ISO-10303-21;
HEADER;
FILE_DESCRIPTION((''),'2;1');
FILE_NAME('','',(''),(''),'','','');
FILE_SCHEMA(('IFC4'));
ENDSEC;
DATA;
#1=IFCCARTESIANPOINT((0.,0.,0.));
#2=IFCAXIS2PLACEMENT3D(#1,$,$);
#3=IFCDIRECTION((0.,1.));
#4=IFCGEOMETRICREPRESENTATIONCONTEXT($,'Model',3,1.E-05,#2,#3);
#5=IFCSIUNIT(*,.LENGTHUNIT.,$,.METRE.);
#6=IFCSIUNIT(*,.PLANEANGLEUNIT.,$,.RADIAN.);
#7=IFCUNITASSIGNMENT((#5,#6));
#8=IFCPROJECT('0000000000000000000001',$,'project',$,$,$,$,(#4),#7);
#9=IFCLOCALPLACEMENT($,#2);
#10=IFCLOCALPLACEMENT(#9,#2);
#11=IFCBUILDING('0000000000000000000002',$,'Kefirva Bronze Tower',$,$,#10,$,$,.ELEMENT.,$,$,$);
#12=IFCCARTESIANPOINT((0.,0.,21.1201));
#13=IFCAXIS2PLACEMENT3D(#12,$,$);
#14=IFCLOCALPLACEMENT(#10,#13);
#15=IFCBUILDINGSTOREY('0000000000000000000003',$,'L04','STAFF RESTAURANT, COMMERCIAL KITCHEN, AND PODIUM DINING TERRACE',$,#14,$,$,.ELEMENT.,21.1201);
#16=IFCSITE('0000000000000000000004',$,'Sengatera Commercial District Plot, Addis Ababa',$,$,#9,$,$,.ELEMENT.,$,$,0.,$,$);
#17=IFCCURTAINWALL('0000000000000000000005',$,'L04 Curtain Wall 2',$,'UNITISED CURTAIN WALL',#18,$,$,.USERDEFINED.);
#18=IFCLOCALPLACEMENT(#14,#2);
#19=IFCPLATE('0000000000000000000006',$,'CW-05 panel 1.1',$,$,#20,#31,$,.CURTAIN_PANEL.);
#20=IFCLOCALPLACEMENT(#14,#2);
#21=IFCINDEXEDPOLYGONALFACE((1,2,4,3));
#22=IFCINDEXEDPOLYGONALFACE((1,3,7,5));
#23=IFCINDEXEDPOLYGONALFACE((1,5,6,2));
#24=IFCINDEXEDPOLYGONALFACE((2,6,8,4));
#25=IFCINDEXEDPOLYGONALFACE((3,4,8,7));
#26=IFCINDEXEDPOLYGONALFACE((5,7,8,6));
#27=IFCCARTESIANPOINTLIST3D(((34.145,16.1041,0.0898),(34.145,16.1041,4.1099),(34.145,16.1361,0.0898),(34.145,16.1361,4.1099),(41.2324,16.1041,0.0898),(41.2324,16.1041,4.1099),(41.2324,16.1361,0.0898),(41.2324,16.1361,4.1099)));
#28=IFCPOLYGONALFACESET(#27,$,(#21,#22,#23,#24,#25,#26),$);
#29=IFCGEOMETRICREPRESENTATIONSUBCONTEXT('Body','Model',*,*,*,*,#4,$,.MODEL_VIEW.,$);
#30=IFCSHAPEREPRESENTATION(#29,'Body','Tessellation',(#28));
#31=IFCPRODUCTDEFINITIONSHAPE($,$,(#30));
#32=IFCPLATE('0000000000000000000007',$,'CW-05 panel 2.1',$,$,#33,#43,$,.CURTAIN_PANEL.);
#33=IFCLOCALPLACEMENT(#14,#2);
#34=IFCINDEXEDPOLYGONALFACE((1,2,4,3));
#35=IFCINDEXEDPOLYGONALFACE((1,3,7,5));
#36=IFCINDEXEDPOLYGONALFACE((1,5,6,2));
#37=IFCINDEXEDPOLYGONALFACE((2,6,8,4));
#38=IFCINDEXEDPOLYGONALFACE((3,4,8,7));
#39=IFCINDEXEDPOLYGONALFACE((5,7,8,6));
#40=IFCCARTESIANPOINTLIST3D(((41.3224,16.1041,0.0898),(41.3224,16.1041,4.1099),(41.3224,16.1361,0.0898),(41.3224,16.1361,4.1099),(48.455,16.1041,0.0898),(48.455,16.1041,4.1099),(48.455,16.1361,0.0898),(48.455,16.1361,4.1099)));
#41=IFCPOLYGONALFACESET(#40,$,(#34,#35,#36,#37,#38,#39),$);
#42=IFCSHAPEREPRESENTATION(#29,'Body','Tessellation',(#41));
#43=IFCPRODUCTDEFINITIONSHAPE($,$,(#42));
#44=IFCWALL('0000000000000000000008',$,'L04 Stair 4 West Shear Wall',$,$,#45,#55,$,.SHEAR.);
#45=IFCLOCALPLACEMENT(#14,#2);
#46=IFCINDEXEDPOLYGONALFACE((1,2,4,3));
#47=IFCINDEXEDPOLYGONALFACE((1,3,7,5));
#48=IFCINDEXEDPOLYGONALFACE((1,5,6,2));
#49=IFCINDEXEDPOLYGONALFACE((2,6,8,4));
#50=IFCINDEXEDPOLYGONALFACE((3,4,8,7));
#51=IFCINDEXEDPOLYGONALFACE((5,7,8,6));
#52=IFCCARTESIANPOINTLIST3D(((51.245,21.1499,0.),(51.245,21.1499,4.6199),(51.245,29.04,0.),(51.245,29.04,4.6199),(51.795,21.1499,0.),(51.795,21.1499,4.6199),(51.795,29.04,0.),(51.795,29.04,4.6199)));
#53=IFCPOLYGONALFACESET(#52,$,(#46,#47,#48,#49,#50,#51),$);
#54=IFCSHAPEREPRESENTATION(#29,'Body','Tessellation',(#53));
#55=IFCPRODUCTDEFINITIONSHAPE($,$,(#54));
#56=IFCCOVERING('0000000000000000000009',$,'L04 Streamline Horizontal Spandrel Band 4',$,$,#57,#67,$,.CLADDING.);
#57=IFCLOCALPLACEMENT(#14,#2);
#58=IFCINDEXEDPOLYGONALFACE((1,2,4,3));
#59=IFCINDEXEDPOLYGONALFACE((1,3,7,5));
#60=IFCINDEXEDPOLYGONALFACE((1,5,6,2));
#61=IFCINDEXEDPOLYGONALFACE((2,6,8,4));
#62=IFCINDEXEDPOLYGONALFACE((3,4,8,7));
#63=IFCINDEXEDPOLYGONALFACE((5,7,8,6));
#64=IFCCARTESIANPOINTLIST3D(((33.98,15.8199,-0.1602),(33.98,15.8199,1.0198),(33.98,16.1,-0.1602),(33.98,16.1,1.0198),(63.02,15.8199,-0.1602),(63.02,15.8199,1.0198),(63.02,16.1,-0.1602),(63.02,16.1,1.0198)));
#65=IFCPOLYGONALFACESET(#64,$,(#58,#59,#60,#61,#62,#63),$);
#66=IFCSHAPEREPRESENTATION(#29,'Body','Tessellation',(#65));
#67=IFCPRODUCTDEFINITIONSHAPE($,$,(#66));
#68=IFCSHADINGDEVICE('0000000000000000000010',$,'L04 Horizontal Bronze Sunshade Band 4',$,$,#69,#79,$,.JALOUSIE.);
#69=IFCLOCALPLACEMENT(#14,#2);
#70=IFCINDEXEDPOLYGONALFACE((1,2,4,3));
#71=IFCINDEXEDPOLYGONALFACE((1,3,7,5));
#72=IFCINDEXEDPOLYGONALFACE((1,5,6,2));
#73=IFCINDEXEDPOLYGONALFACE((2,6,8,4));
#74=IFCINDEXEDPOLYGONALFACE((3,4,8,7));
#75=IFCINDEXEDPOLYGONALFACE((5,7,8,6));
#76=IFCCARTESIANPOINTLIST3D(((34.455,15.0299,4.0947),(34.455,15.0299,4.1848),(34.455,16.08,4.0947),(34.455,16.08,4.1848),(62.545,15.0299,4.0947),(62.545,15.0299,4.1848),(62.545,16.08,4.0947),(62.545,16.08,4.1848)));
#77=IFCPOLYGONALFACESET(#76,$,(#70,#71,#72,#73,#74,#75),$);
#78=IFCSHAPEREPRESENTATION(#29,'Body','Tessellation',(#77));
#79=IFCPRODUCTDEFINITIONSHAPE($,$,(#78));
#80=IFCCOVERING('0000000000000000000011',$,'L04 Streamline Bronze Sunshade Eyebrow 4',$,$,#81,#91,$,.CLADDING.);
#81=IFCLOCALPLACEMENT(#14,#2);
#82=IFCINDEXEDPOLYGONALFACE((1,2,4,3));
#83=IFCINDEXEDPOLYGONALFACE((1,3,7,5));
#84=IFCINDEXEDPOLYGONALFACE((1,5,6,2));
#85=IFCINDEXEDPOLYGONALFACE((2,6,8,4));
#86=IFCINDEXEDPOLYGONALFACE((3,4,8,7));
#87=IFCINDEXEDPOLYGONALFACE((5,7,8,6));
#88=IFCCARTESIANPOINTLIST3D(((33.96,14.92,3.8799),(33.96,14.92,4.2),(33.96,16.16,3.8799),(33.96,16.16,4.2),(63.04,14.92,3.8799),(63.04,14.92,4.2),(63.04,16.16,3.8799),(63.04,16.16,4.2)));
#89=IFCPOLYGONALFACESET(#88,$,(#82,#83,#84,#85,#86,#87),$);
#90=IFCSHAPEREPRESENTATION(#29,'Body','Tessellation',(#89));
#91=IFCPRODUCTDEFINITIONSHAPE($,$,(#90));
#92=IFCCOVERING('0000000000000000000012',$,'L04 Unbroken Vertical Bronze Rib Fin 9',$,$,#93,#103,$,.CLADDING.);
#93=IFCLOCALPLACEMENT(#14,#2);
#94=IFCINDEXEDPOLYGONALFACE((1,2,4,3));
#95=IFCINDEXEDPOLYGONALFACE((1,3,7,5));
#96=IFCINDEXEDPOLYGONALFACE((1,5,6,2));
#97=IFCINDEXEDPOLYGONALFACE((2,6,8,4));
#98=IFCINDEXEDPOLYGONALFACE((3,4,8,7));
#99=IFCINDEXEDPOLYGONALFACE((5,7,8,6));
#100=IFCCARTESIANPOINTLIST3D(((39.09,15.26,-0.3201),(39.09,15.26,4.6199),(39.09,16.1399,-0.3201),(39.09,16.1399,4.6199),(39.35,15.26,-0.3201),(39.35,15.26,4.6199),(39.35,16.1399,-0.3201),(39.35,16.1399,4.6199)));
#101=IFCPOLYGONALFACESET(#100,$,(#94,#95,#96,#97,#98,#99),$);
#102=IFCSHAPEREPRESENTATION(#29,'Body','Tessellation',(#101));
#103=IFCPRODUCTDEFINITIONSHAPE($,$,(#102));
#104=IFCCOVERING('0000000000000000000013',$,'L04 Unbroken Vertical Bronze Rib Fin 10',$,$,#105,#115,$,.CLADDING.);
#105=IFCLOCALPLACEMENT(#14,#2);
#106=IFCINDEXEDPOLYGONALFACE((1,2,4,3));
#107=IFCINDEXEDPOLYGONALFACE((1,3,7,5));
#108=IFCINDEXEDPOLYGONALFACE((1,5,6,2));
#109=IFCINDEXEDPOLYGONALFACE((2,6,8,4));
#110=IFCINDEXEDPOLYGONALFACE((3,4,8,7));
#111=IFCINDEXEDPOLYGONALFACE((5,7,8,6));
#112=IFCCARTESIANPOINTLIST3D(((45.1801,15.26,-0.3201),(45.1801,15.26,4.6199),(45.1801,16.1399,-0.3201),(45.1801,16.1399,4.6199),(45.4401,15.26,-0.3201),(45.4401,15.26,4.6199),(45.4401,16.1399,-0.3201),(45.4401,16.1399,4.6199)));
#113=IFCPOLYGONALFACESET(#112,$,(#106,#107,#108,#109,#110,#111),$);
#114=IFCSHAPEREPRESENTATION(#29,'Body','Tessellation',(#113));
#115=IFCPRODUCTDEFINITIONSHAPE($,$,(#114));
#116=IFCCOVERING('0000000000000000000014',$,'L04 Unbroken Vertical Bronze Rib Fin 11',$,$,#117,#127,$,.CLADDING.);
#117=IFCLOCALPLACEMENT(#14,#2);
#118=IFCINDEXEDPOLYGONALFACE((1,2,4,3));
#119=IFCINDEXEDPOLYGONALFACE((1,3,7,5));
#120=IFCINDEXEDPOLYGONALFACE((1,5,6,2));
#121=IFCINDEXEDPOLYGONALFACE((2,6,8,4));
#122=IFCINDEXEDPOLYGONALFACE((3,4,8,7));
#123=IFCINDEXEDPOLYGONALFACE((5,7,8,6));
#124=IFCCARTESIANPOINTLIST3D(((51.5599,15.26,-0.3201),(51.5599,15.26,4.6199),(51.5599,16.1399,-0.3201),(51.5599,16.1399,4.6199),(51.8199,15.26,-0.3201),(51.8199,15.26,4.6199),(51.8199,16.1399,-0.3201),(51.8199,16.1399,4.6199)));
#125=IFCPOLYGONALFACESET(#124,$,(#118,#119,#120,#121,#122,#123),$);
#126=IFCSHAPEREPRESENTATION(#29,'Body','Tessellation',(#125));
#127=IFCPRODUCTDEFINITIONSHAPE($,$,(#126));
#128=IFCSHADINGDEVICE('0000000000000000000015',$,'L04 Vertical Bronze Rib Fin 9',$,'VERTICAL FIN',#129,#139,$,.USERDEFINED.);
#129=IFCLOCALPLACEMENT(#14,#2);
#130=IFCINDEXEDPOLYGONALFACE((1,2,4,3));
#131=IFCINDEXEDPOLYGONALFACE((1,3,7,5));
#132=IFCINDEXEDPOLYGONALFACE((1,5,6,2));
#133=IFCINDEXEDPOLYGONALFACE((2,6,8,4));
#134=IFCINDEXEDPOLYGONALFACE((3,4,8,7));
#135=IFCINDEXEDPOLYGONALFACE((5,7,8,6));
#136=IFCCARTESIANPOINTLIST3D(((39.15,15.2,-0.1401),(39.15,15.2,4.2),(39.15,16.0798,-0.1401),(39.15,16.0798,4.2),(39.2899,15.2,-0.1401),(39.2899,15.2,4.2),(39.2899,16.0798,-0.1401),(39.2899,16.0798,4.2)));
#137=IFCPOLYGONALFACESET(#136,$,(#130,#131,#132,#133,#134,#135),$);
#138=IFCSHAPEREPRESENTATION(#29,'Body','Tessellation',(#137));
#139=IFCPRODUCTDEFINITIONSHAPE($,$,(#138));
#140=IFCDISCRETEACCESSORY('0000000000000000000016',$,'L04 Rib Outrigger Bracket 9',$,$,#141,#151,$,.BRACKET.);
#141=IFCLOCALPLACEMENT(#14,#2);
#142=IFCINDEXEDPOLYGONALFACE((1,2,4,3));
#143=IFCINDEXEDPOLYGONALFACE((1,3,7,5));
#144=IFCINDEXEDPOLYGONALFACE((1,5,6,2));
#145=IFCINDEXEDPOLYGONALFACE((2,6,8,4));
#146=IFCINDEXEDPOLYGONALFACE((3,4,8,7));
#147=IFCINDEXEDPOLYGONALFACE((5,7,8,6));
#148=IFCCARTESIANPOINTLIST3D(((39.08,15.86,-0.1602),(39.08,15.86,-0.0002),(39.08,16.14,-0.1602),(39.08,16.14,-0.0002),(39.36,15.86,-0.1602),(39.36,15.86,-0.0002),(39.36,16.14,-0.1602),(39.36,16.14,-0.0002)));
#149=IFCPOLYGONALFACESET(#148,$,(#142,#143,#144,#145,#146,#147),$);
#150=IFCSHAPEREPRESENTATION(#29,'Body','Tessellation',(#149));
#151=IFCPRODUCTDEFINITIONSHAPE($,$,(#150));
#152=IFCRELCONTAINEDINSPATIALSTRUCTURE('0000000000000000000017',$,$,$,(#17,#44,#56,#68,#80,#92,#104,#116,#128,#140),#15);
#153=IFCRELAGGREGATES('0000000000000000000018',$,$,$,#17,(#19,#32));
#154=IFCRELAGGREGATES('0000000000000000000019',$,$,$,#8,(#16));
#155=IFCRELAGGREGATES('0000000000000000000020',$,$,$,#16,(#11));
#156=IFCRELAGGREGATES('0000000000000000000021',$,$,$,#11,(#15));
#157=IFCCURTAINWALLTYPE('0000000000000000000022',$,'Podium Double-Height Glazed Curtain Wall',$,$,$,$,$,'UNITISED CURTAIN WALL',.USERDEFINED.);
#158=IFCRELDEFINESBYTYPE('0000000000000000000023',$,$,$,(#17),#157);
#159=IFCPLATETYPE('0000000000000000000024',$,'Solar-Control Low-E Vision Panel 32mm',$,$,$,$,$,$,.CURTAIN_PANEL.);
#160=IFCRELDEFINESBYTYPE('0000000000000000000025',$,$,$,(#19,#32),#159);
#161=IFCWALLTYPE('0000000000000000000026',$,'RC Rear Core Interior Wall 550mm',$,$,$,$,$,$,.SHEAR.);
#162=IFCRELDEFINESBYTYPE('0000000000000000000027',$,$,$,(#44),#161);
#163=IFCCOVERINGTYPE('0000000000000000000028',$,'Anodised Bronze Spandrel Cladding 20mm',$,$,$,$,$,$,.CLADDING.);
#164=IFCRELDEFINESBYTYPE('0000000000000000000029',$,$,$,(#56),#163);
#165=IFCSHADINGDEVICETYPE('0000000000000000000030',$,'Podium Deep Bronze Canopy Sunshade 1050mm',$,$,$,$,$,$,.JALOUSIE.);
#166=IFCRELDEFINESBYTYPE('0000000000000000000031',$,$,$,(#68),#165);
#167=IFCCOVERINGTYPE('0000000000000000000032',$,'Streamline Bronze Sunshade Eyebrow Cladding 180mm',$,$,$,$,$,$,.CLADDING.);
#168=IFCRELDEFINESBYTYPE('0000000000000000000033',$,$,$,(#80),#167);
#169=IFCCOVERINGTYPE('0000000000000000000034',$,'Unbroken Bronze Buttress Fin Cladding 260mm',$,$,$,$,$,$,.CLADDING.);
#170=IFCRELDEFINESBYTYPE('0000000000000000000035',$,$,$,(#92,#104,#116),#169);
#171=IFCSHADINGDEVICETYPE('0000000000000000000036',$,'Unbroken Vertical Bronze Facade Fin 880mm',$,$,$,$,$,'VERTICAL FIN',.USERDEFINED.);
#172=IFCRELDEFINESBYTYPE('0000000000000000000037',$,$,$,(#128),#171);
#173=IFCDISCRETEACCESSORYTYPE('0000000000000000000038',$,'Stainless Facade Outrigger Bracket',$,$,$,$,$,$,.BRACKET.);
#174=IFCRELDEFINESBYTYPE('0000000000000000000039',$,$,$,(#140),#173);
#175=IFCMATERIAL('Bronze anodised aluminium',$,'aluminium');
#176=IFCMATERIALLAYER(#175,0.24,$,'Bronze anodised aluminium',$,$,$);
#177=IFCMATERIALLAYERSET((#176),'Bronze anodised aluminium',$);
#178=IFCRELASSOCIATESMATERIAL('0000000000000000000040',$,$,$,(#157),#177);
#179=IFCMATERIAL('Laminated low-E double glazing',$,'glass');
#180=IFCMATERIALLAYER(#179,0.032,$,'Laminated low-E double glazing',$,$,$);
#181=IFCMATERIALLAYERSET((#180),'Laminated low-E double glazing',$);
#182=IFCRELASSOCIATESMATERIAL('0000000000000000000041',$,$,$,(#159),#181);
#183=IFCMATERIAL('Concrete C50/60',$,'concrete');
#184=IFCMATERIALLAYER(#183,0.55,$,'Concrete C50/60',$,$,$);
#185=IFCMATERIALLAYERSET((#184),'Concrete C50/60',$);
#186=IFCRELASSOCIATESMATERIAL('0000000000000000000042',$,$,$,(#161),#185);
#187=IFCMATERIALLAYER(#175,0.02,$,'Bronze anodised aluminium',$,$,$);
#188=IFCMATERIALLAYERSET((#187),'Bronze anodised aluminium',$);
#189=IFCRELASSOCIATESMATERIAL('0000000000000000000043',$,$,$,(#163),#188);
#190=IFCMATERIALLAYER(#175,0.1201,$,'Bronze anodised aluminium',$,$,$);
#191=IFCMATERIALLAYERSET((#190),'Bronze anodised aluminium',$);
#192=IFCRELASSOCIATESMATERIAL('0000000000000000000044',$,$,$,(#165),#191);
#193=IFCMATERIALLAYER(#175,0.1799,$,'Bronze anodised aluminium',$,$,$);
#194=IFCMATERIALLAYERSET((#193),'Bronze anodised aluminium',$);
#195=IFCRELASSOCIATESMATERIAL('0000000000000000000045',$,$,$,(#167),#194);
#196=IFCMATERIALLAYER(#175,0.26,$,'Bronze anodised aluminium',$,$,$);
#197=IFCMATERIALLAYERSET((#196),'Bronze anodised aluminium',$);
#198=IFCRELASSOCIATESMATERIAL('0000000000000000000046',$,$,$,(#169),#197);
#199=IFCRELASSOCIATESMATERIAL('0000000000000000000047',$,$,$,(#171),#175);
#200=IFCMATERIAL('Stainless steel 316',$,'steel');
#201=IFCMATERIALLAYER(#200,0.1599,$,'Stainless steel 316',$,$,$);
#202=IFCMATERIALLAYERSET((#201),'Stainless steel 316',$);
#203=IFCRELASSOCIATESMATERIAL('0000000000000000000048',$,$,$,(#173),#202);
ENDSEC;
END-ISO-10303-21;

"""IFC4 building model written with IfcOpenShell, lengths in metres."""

from ifc_helpers import new_model, si_unit, direction, frame, frame_2d, origin, origin_2d, place, context, subcontext, project, spatial, rectangle, extrude, material, layer, layer_set, material_profile, profile_set, type_object, element, aggregate, save


model = new_model("IFC4")

# Units and contexts
model_context = context("Model", 3, precision=1e-05, world=origin(), true_north=direction((0.0, 1.0)))
body_context = subcontext(model_context, "Body", "Model", "MODEL_VIEW")
ifc_project = project(units=[si_unit("LENGTHUNIT", "METRE"), si_unit("PLANEANGLEUNIT", "RADIAN")], contexts=[model_context])

# Site, building, storey
site_placement = place(None, origin())
site = spatial("IfcSite", under=ifc_project, at=site_placement, Name="Sengatera Commercial District Plot, Addis Ababa", CompositionType="ELEMENT", RefElevation=0.0)
building_placement = place(site_placement, origin())
building = spatial("IfcBuilding", under=site, at=building_placement, Name="Kefirva Bronze Tower", CompositionType="ELEMENT")
storey_placement = place(building_placement, frame((0.0, 0.0, 21.1201)))
storey = spatial("IfcBuildingStorey", under=building, at=storey_placement, Name="L04", Description="STAFF RESTAURANT, COMMERCIAL KITCHEN, AND PODIUM DINING TERRACE", CompositionType="ELEMENT", Elevation=21.1201)

# Curtain wall
ifc_material_1 = material(Name="Bronze anodised aluminium", Category="aluminium")
ifc_layer_1 = layer(ifc_material_1, 0.24, Name="Bronze anodised aluminium")
ifc_layer_set_1 = layer_set([ifc_layer_1], Name="Bronze anodised aluminium")
curtain_wall_type = type_object("IfcCurtainWallType", Name="Podium Double-Height Glazed Curtain Wall", ElementType="UNITISED CURTAIN WALL", PredefinedType="USERDEFINED", material=ifc_layer_set_1)
curtain_wall_placement = place(storey_placement, origin())
curtain_wall = element("IfcCurtainWall", 1, at=curtain_wall_placement, inside=storey, type_object=curtain_wall_type, Name="L04 Curtain Wall 2", ObjectType="UNITISED CURTAIN WALL", PredefinedType="USERDEFINED")

# Plates
ifc_material_2 = material(Name="Laminated low-E double glazing", Category="glass")
ifc_layer_2 = layer(ifc_material_2, 0.032, Name="Laminated low-E double glazing")
ifc_layer_set_2 = layer_set([ifc_layer_2], Name="Laminated low-E double glazing")
plate_type = type_object("IfcPlateType", Name="Solar-Control Low-E Vision Panel 32mm", PredefinedType="CURTAIN_PANEL", material=ifc_layer_set_2)
plate_1_placement = place(storey_placement, frame((37.6887, 16.1201, 0.0898), z_axis=(0.0, 0.0, 1.0), x_axis=(1.0, 0.0, 0.0)))
plate_1 = element("IfcPlate", 2, at=plate_1_placement, type_object=plate_type, Name="CW-05 panel 1.1", PredefinedType="CURTAIN_PANEL", context=body_context, shape_type="SweptSolid", body=[
    extrude(rectangle(XDim=7.0874, YDim=0.032, at=origin_2d()), origin(), (0.0, 0.0, 1.0), 4.02),
])
plate_2_placement = place(storey_placement, frame((44.8887, 16.1201, 0.0898), z_axis=(0.0, 0.0, 1.0), x_axis=(1.0, 0.0, 0.0)))
plate_2 = element("IfcPlate", 3, at=plate_2_placement, type_object=plate_type, Name="CW-05 panel 2.1", PredefinedType="CURTAIN_PANEL", context=body_context, shape_type="SweptSolid", body=[
    extrude(rectangle(XDim=7.1326, YDim=0.032, at=origin_2d()), origin(), (0.0, 0.0, 1.0), 4.02),
])
aggregate(curtain_wall, [plate_1, plate_2])

# Wall
ifc_material_3 = material(Name="Concrete C50/60", Category="concrete")
ifc_layer_3 = layer(ifc_material_3, 0.55, Name="Concrete C50/60")
ifc_layer_set_3 = layer_set([ifc_layer_3], Name="Concrete C50/60")
wall_type = type_object("IfcWallType", Name="RC Rear Core Interior Wall 550mm", PredefinedType="SHEAR", material=ifc_layer_set_3)
wall_placement = place(storey_placement, frame((51.52, 21.1499, 0.0), z_axis=(0.0, 0.0, 1.0), x_axis=(0.0, 1.0, 0.0)))
element("IfcWall", 4, at=wall_placement, inside=storey, type_object=wall_type, Name="L04 Stair 4 West Shear Wall", PredefinedType="SHEAR", context=body_context, shape_type="SweptSolid", body=[
    extrude(rectangle(XDim=7.8901, YDim=0.55, at=frame_2d((3.9451, 0.0))), origin(), (0.0, 0.0, 1.0), 4.6199),
])

# Covering
ifc_layer_4 = layer(ifc_material_1, 0.02, Name="Bronze anodised aluminium")
ifc_layer_set_4 = layer_set([ifc_layer_4], Name="Bronze anodised aluminium")
covering_type_1 = type_object("IfcCoveringType", Name="Anodised Bronze Spandrel Cladding 20mm", PredefinedType="CLADDING", material=ifc_layer_set_4)
covering_1_placement = place(storey_placement, frame((48.5, 15.96, -0.1602), z_axis=(0.0, 0.0, 1.0), x_axis=(1.0, 0.0, 0.0)))
element("IfcCovering", 5, at=covering_1_placement, inside=storey, type_object=covering_type_1, Name="L04 Streamline Horizontal Spandrel Band 4", PredefinedType="CLADDING", context=body_context, shape_type="SweptSolid", body=[
    extrude(rectangle(XDim=29.04, YDim=0.28, at=origin_2d()), origin(), (0.0, 0.0, 1.0), 1.1799),
])

# Shading device
ifc_layer_5 = layer(ifc_material_1, 0.1201, Name="Bronze anodised aluminium")
ifc_layer_set_5 = layer_set([ifc_layer_5], Name="Bronze anodised aluminium")
shading_device_type_1 = type_object("IfcShadingDeviceType", Name="Podium Deep Bronze Canopy Sunshade 1050mm", PredefinedType="JALOUSIE", material=ifc_layer_set_5)
shading_device_1_placement = place(storey_placement, frame((48.5, 15.5549, 4.0947), z_axis=(0.0, 0.0, 1.0), x_axis=(1.0, 0.0, 0.0)))
element("IfcShadingDevice", 6, at=shading_device_1_placement, inside=storey, type_object=shading_device_type_1, Name="L04 Horizontal Bronze Sunshade Band 4", PredefinedType="JALOUSIE", context=body_context, shape_type="SweptSolid", body=[
    extrude(rectangle(XDim=28.0901, YDim=1.05, at=origin_2d()), origin(), (0.0, 0.0, 1.0), 0.0901),
])

# Coverings
ifc_layer_6 = layer(ifc_material_1, 0.1799, Name="Bronze anodised aluminium")
ifc_layer_set_6 = layer_set([ifc_layer_6], Name="Bronze anodised aluminium")
covering_type_2 = type_object("IfcCoveringType", Name="Streamline Bronze Sunshade Eyebrow Cladding 180mm", PredefinedType="CLADDING", material=ifc_layer_set_6)
covering_2_placement = place(storey_placement, frame((48.5, 15.54, 3.8799), z_axis=(0.0, 0.0, 1.0), x_axis=(1.0, 0.0, 0.0)))
element("IfcCovering", 7, at=covering_2_placement, inside=storey, type_object=covering_type_2, Name="L04 Streamline Bronze Sunshade Eyebrow 4", PredefinedType="CLADDING", context=body_context, shape_type="SweptSolid", body=[
    extrude(rectangle(XDim=29.0801, YDim=1.24, at=origin_2d()), origin(), (0.0, 0.0, 1.0), 0.3201),
])
ifc_layer_7 = layer(ifc_material_1, 0.26, Name="Bronze anodised aluminium")
ifc_layer_set_7 = layer_set([ifc_layer_7], Name="Bronze anodised aluminium")
covering_type_3 = type_object("IfcCoveringType", Name="Unbroken Bronze Buttress Fin Cladding 260mm", PredefinedType="CLADDING", material=ifc_layer_set_7)
for number, where, z_axis, x_axis, name in (
    (8, (39.22, 15.7, -0.3201), (0.0, 0.0, 1.0), (1.0, 0.0, 0.0), "L04 Unbroken Vertical Bronze Rib Fin 9"),
    (9, (45.3101, 15.7, -0.3201), (0.0, 0.0, 1.0), (1.0, 0.0, 0.0), "L04 Unbroken Vertical Bronze Rib Fin 10"),
    (10, (51.6899, 15.7, -0.3201), (0.0, 0.0, 1.0), (1.0, 0.0, 0.0), "L04 Unbroken Vertical Bronze Rib Fin 11"),
):
    element("IfcCovering", number, at=place(storey_placement, frame(where, z_axis=z_axis, x_axis=x_axis)), inside=storey, type_object=covering_type_3, Name=name, PredefinedType="CLADDING", context=body_context, shape_type="SweptSolid", body=[
        extrude(rectangle(XDim=0.26, YDim=0.8799, at=origin_2d()), origin(), (0.0, 0.0, 1.0), 4.9399),
    ])

# Shading device
ifc_material_profile_1 = material_profile(ifc_material_1, rectangle(XDim=0.1399, YDim=0.8799, at=origin_2d()), Name="BRONZE FIN 140x880")
ifc_profile_set_1 = profile_set([ifc_material_profile_1], Name="Bronze anodised aluminium")
shading_device_type_2 = type_object("IfcShadingDeviceType", Name="Unbroken Vertical Bronze Facade Fin 880mm", ElementType="VERTICAL FIN", PredefinedType="USERDEFINED", material=ifc_profile_set_1)
shading_device_2_placement = place(storey_placement, frame((39.22, 15.6399, -0.1401), z_axis=(0.0, 0.0, 1.0), x_axis=(1.0, 0.0, 0.0)))
element("IfcShadingDevice", 11, at=shading_device_2_placement, inside=storey, type_object=shading_device_type_2, Name="L04 Vertical Bronze Rib Fin 9", ObjectType="VERTICAL FIN", PredefinedType="USERDEFINED", context=body_context, shape_type="SweptSolid", body=[
    extrude(rectangle(XDim=0.1399, YDim=0.8799, at=origin_2d()), origin(), (0.0, 0.0, 1.0), 4.3401),
])

# Discrete accessory
ifc_material_4 = material(Name="Stainless steel 316", Category="steel")
ifc_layer_8 = layer(ifc_material_4, 0.1599, Name="Stainless steel 316")
ifc_layer_set_8 = layer_set([ifc_layer_8], Name="Stainless steel 316")
discrete_accessory_type = type_object("IfcDiscreteAccessoryType", Name="Stainless Facade Outrigger Bracket", PredefinedType="BRACKET", material=ifc_layer_set_8)
discrete_accessory_placement = place(storey_placement, frame((39.22, 16.0, -0.1602), z_axis=(0.0, 0.0, 1.0), x_axis=(1.0, 0.0, 0.0)))
element("IfcDiscreteAccessory", 12, at=discrete_accessory_placement, inside=storey, type_object=discrete_accessory_type, Name="L04 Rib Outrigger Bracket 9", PredefinedType="BRACKET", context=body_context, shape_type="SweptSolid", body=[
    extrude(rectangle(XDim=0.28, YDim=0.28, at=origin_2d()), origin(), (0.0, 0.0, 1.0), 0.1599),
])

save(model, "model.ifc")
